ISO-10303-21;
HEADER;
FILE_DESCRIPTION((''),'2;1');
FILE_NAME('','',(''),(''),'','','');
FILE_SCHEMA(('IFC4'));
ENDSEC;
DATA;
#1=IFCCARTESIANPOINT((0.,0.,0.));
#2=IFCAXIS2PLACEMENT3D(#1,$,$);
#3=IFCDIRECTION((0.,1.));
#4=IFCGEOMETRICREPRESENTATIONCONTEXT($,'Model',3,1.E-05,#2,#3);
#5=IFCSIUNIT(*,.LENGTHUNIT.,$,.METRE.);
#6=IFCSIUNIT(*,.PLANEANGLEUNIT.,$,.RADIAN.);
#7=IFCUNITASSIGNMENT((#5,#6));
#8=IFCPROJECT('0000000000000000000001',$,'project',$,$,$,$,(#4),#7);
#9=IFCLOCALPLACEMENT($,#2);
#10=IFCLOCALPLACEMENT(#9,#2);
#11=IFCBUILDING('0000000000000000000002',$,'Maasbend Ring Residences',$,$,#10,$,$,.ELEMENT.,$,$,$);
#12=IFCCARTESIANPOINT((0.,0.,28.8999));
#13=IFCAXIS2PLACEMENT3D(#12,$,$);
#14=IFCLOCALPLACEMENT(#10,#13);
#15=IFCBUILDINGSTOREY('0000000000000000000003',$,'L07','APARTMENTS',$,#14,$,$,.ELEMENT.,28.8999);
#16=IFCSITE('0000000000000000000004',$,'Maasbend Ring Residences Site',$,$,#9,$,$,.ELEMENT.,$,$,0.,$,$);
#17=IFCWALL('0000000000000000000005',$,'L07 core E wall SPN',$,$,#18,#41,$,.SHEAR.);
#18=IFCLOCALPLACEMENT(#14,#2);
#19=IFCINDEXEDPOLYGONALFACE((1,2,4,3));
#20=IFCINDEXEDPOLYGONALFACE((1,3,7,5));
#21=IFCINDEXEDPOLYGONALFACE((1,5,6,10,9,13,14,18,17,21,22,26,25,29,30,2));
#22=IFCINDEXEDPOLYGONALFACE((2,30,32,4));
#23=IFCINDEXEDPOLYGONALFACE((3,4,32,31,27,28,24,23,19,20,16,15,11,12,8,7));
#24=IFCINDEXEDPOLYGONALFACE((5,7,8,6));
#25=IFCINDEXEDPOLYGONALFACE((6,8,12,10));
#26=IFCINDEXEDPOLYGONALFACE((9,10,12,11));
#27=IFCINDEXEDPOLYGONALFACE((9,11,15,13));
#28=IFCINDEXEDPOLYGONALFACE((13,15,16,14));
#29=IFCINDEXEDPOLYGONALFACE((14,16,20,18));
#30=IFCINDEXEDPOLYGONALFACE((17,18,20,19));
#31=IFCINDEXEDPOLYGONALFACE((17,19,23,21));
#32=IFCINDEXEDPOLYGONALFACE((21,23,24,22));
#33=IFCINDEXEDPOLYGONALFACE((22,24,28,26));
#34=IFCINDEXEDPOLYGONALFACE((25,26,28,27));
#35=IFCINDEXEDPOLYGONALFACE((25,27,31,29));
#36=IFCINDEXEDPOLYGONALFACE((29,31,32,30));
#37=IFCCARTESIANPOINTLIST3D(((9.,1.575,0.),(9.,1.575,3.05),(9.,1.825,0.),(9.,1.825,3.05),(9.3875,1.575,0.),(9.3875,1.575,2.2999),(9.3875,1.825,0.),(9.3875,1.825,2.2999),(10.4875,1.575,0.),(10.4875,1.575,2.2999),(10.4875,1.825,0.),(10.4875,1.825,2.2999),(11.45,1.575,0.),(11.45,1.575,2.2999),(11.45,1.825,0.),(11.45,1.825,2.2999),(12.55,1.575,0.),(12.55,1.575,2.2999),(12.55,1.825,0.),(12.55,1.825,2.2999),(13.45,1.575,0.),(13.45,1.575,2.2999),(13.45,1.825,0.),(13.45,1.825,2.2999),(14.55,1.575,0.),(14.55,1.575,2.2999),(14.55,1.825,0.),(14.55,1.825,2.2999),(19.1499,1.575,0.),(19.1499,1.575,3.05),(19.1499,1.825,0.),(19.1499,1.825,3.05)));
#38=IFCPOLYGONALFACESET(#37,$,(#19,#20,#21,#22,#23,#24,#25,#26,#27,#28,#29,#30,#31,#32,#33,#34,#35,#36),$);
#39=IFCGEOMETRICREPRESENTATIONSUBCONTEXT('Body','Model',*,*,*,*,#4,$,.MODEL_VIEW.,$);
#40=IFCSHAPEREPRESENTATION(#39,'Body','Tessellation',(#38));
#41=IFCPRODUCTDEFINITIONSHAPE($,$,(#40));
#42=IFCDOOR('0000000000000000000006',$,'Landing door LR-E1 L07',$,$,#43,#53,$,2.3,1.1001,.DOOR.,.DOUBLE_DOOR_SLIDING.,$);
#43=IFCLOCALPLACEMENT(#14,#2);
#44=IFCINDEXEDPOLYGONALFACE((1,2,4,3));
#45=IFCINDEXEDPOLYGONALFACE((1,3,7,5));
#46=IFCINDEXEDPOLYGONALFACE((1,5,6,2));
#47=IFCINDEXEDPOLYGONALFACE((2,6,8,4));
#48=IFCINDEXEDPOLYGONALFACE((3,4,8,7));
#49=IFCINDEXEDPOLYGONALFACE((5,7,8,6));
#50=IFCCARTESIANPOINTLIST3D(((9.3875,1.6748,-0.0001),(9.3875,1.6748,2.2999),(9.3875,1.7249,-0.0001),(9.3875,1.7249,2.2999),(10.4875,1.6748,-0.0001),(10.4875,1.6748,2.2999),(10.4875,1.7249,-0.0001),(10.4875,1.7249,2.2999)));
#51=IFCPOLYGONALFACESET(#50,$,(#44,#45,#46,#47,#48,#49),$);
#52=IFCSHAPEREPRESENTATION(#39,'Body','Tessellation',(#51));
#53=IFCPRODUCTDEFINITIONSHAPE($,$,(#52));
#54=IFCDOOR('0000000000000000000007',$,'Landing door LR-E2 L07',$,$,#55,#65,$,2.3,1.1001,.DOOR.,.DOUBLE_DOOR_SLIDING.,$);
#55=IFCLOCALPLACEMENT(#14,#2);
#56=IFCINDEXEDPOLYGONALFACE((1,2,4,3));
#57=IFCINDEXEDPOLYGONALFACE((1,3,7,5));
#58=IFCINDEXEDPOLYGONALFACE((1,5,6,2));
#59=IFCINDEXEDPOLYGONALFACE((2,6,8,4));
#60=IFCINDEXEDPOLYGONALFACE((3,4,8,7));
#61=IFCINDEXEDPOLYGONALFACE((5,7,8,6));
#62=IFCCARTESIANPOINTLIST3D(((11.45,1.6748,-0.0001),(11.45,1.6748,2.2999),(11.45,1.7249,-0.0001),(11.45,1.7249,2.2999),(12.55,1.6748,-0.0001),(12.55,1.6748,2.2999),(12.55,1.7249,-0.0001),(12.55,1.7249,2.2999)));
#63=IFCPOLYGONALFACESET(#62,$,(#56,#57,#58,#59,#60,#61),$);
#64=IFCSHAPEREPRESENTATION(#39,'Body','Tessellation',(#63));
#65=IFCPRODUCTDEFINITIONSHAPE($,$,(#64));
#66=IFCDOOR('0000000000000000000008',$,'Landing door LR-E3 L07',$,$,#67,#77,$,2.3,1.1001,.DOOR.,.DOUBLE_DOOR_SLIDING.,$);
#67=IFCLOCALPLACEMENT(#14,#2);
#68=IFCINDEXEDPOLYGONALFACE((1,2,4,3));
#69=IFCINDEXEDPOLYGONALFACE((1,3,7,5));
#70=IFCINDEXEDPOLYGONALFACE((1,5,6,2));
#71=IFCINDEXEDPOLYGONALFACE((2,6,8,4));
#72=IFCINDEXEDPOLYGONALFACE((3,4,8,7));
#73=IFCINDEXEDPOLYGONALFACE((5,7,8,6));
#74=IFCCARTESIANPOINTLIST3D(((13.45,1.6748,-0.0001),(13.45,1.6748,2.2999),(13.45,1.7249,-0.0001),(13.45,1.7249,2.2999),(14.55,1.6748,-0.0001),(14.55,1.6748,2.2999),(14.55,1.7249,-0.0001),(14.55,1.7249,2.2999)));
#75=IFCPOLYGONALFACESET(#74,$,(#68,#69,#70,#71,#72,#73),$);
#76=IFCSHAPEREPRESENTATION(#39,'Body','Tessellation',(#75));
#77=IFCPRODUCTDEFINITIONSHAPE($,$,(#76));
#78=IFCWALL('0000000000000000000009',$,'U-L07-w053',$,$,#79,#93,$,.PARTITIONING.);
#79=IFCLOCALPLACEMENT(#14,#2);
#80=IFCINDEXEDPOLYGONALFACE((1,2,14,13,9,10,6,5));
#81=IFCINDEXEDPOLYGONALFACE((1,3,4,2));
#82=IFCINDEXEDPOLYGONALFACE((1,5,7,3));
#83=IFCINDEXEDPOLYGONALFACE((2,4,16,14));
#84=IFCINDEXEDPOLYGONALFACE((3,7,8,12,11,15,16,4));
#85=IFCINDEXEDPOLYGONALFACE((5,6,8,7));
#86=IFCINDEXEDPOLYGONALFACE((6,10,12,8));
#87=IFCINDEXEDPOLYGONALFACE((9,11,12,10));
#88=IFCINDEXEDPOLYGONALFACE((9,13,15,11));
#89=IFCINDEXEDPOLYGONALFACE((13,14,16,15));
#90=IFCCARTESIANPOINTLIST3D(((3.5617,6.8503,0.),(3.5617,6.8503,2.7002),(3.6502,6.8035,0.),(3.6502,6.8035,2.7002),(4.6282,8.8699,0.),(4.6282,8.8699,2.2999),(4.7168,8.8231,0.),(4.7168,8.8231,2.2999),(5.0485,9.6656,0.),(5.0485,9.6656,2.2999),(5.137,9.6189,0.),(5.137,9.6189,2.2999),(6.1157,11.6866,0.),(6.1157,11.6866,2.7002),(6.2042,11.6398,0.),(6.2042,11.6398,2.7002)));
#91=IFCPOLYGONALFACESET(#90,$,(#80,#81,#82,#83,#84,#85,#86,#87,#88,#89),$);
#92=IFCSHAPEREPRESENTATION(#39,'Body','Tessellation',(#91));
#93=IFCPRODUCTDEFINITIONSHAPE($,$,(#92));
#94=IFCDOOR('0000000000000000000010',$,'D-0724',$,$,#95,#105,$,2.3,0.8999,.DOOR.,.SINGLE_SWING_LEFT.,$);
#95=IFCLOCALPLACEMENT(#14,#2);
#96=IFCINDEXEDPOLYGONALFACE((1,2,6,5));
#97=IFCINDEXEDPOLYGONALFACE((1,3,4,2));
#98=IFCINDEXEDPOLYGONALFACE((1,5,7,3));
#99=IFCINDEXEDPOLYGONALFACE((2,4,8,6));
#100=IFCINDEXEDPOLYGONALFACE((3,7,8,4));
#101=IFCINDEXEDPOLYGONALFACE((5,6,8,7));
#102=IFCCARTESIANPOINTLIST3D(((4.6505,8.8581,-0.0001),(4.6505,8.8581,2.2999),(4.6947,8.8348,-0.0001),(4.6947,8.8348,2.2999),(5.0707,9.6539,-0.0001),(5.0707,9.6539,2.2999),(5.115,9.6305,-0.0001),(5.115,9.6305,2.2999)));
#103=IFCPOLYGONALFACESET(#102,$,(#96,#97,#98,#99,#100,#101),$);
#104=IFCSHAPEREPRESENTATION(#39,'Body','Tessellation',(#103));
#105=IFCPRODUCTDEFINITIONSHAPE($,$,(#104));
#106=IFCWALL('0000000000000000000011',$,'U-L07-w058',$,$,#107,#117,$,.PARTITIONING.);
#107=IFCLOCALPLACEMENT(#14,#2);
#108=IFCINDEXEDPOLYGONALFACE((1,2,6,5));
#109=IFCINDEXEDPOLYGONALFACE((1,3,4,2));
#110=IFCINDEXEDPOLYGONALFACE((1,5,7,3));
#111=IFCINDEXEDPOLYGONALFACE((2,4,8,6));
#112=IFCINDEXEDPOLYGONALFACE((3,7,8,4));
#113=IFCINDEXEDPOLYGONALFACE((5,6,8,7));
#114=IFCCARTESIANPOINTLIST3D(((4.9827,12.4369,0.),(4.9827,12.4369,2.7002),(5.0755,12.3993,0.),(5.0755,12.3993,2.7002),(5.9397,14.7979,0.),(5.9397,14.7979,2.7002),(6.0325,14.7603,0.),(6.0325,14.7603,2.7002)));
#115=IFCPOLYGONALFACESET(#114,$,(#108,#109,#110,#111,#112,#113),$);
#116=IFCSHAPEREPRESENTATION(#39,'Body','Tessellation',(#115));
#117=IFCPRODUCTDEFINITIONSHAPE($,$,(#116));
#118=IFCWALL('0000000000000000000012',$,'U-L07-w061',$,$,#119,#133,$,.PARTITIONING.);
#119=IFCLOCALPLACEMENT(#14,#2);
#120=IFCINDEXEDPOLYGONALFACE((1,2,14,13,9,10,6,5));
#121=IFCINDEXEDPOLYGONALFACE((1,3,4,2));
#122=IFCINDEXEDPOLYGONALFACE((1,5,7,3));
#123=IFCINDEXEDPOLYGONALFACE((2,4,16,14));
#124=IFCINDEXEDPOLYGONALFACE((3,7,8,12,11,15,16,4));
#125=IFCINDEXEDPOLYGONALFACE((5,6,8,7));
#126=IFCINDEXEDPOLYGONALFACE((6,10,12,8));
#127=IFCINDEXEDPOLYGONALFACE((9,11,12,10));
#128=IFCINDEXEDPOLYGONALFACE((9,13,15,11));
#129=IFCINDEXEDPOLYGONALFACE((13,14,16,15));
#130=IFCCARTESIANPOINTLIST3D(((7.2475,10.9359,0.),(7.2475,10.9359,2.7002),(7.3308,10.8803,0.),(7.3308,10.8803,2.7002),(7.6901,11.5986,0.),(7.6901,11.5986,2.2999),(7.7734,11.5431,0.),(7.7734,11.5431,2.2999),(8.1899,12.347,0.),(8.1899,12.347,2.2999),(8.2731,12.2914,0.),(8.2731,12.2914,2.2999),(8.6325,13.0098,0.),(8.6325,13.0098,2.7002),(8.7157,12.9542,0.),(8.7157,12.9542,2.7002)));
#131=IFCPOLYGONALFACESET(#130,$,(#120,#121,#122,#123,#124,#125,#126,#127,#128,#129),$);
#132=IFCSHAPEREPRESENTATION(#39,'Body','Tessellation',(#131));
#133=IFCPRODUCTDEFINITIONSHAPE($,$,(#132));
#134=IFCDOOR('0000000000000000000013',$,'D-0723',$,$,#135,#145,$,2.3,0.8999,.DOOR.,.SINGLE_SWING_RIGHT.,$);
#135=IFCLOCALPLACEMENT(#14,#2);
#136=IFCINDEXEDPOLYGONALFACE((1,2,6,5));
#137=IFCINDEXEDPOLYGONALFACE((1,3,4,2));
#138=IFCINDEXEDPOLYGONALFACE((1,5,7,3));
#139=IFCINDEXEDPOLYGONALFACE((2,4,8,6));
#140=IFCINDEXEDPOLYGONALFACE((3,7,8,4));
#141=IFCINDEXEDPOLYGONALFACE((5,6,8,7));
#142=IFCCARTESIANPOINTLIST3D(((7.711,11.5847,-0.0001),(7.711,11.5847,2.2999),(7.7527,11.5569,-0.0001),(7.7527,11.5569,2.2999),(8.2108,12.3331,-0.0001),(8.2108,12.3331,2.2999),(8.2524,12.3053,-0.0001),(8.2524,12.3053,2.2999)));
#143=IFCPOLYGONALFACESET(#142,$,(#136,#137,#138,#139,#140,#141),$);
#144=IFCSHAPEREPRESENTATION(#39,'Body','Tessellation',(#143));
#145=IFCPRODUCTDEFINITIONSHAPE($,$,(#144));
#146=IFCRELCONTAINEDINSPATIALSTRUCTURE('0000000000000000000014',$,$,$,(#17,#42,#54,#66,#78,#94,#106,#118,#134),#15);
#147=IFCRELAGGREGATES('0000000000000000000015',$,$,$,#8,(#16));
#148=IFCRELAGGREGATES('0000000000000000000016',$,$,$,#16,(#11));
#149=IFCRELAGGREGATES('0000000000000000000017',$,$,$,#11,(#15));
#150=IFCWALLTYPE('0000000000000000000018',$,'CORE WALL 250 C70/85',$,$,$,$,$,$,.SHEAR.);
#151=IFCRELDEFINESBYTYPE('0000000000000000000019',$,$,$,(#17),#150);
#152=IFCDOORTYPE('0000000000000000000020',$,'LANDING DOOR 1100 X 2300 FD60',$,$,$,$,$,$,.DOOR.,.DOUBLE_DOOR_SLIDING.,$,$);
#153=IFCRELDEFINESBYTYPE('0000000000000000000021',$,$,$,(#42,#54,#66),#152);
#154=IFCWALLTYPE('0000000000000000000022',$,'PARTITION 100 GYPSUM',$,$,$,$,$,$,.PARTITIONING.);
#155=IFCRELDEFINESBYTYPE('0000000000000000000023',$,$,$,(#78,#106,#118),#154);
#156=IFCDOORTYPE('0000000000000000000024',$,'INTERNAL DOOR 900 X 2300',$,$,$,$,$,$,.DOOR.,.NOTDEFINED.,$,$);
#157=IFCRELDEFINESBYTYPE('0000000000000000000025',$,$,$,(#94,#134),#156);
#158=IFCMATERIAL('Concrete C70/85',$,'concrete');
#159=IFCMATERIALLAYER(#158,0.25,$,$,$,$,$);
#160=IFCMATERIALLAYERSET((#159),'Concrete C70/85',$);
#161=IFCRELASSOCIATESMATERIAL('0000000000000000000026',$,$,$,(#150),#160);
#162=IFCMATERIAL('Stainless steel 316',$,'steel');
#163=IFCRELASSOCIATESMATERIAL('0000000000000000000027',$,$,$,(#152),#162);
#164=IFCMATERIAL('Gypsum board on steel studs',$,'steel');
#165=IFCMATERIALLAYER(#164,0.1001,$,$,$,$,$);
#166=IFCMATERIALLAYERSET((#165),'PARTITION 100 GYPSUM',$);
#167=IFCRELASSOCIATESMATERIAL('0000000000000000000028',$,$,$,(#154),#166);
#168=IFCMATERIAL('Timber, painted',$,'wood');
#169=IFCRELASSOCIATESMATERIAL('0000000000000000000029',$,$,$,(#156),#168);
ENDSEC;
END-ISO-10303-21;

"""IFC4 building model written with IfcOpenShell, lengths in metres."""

from ifc_helpers import new_model, si_unit, direction, frame, frame_2d, origin, place, context, subcontext, project, spatial, rectangle, extrude, material, layer, layer_set, type_object, element, fill, save


model = new_model("IFC4")

# Units and contexts
model_context = context("Model", 3, precision=1e-05, world=origin(), true_north=direction((0.0, 1.0)))
body_context = subcontext(model_context, "Body", "Model", "MODEL_VIEW")
ifc_project = project(units=[si_unit("LENGTHUNIT", "METRE"), si_unit("PLANEANGLEUNIT", "RADIAN")], contexts=[model_context])

# Site, building, storey
site_placement = place(None, origin())
site = spatial("IfcSite", under=ifc_project, at=site_placement, Name="Maasbend Ring Residences Site", CompositionType="ELEMENT", RefElevation=0.0)
building_placement = place(site_placement, origin())
building = spatial("IfcBuilding", under=site, at=building_placement, Name="Maasbend Ring Residences", CompositionType="ELEMENT")
storey_placement = place(building_placement, frame((0.0, 0.0, 28.8999)))
storey = spatial("IfcBuildingStorey", under=building, at=storey_placement, Name="L07", Description="APARTMENTS", CompositionType="ELEMENT", Elevation=28.8999)

# Wall, openings, doors
ifc_material_1 = material(Name="Concrete C70/85", Category="concrete")
ifc_layer_1 = layer(ifc_material_1, 0.25)
ifc_layer_set_1 = layer_set([ifc_layer_1], Name="Concrete C70/85")
wall_type_1 = type_object("IfcWallType", Name="CORE WALL 250 C70/85", PredefinedType="SHEAR", material=ifc_layer_set_1)
wall_1_placement = place(storey_placement, frame((9.0, 1.7, 0.0), z_axis=(0.0, 0.0, 1.0), x_axis=(1.0, 0.0, 0.0)))
wall_1 = element("IfcWall", 1, at=wall_1_placement, inside=storey, type_object=wall_type_1, Name="L07 core E wall SPN", PredefinedType="SHEAR", context=body_context, shape_type="SweptSolid", body=[
    extrude(rectangle(XDim=10.1499, YDim=0.25, at=frame_2d((5.075, 0.0))), origin(), (0.0, 0.0, 1.0), 3.05),
])
opening_1_placement = place(wall_1_placement, frame((0.3875, 0.0, 0.0)))
opening_1 = element("IfcOpeningElement", 2, at=opening_1_placement, cuts=wall_1, PredefinedType="OPENING", context=body_context, shape_type="SweptSolid", body=[
    extrude(rectangle(XDim=1.1001, YDim=2.3, at=frame_2d((0.55, 1.1499))), frame((0.0, 0.135, 0.0), z_axis=(0.0, -1.0, 0.0), x_axis=(1.0, 0.0, 0.0)), (0.0, 0.0, 1.0), 0.27),
])
opening_2_placement = place(wall_1_placement, frame((2.45, 0.0, 0.0)))
opening_2 = element("IfcOpeningElement", 3, at=opening_2_placement, cuts=wall_1, PredefinedType="OPENING", context=body_context, shape_type="SweptSolid", body=[
    extrude(rectangle(XDim=1.1001, YDim=2.3, at=frame_2d((0.55, 1.1499))), frame((0.0, 0.135, 0.0), z_axis=(0.0, -1.0, 0.0), x_axis=(1.0, 0.0, 0.0)), (0.0, 0.0, 1.0), 0.27),
])
opening_3_placement = place(wall_1_placement, frame((4.45, 0.0, 0.0)))
opening_3 = element("IfcOpeningElement", 4, at=opening_3_placement, cuts=wall_1, PredefinedType="OPENING", context=body_context, shape_type="SweptSolid", body=[
    extrude(rectangle(XDim=1.1001, YDim=2.3, at=frame_2d((0.55, 1.1499))), frame((0.0, 0.135, 0.0), z_axis=(0.0, -1.0, 0.0), x_axis=(1.0, 0.0, 0.0)), (0.0, 0.0, 1.0), 0.27),
])
ifc_material_2 = material(Name="Stainless steel 316", Category="steel")
door_type_1 = type_object("IfcDoorType", Name="LANDING DOOR 1100 X 2300 FD60", OperationType="DOUBLE_DOOR_SLIDING", PredefinedType="DOOR", material=ifc_material_2)
door_1_placement = place(opening_1_placement, origin())
door_1 = element("IfcDoor", 5, at=door_1_placement, inside=storey, type_object=door_type_1, Name="Landing door LR-E1 L07", OperationType="DOUBLE_DOOR_SLIDING", OverallHeight=2.3, OverallWidth=1.1001, PredefinedType="DOOR", context=body_context, shape_type="SweptSolid", body=[
    extrude(rectangle(XDim=1.1001, YDim=2.3, at=frame_2d((0.55, 1.1499))), frame((0.0, 0.0249, 0.0), z_axis=(0.0, -1.0, 0.0), x_axis=(1.0, 0.0, 0.0)), (0.0, 0.0, 1.0), 0.05),
])
fill(opening_1, door_1)
door_2_placement = place(opening_2_placement, origin())
door_2 = element("IfcDoor", 6, at=door_2_placement, inside=storey, type_object=door_type_1, Name="Landing door LR-E2 L07", OperationType="DOUBLE_DOOR_SLIDING", OverallHeight=2.3, OverallWidth=1.1001, PredefinedType="DOOR", context=body_context, shape_type="SweptSolid", body=[
    extrude(rectangle(XDim=1.1001, YDim=2.3, at=frame_2d((0.55, 1.1499))), frame((0.0, 0.0249, 0.0), z_axis=(0.0, -1.0, 0.0), x_axis=(1.0, 0.0, 0.0)), (0.0, 0.0, 1.0), 0.05),
])
fill(opening_2, door_2)
door_3_placement = place(opening_3_placement, origin())
door_3 = element("IfcDoor", 7, at=door_3_placement, inside=storey, type_object=door_type_1, Name="Landing door LR-E3 L07", OperationType="DOUBLE_DOOR_SLIDING", OverallHeight=2.3, OverallWidth=1.1001, PredefinedType="DOOR", context=body_context, shape_type="SweptSolid", body=[
    extrude(rectangle(XDim=1.1001, YDim=2.3, at=frame_2d((0.55, 1.1499))), frame((0.0, 0.0249, 0.0), z_axis=(0.0, -1.0, 0.0), x_axis=(1.0, 0.0, 0.0)), (0.0, 0.0, 1.0), 0.05),
])
fill(opening_3, door_3)

# Wall, opening, door
ifc_material_3 = material(Name="Gypsum board on steel studs", Category="steel")
ifc_layer_2 = layer(ifc_material_3, 0.1001)
ifc_layer_set_2 = layer_set([ifc_layer_2], Name="PARTITION 100 GYPSUM")
wall_type_2 = type_object("IfcWallType", Name="PARTITION 100 GYPSUM", PredefinedType="PARTITIONING", material=ifc_layer_set_2)
wall_2_placement = place(storey_placement, frame((3.606, 6.8269, 0.0), z_axis=(0.0, 0.0, 1.0), x_axis=(0.466977, 0.88427, 0.0)))
wall_2 = element("IfcWall", 8, at=wall_2_placement, inside=storey, type_object=wall_type_2, Name="U-L07-w053", PredefinedType="PARTITIONING", context=body_context, shape_type="SweptSolid", body=[
    extrude(rectangle(XDim=5.4692, YDim=0.1001, at=frame_2d((2.7346, 0.0))), origin(), (0.0, 0.0, 1.0), 2.7002),
])
opening_4_placement = place(wall_2_placement, frame((2.2839, 0.0, 0.0)))
opening_4 = element("IfcOpeningElement", 9, at=opening_4_placement, cuts=wall_2, PredefinedType="OPENING", context=body_context, shape_type="SweptSolid", body=[
    extrude(rectangle(XDim=0.8999, YDim=2.3, at=frame_2d((0.45, 1.1499))), frame((0.0, 0.0601, 0.0), z_axis=(0.0, -1.0, 0.0), x_axis=(1.0, 0.0, 0.0)), (0.0, 0.0, 1.0), 0.1201),
])
ifc_material_4 = material(Name="Timber, painted", Category="wood")
door_type_2 = type_object("IfcDoorType", Name="INTERNAL DOOR 900 X 2300", OperationType="NOTDEFINED", PredefinedType="DOOR", material=ifc_material_4)
door_4_placement = place(opening_4_placement, origin())
door_4 = element("IfcDoor", 10, at=door_4_placement, inside=storey, type_object=door_type_2, Name="D-0724", OperationType="SINGLE_SWING_LEFT", OverallHeight=2.3, OverallWidth=0.8999, PredefinedType="DOOR", context=body_context, shape_type="SweptSolid", body=[
    extrude(rectangle(XDim=0.8999, YDim=2.3, at=frame_2d((0.45, 1.1499))), frame((0.0, 0.0249, 0.0), z_axis=(0.0, -1.0, 0.0), x_axis=(1.0, 0.0, 0.0)), (0.0, 0.0, 1.0), 0.05),
])
fill(opening_4, door_4)

# Wall
wall_3_placement = place(storey_placement, frame((5.0291, 12.418, 0.0), z_axis=(0.0, 0.0, 1.0), x_axis=(0.375649, 0.926762, 0.0)))
element("IfcWall", 11, at=wall_3_placement, inside=storey, type_object=wall_type_2, Name="U-L07-w058", PredefinedType="PARTITIONING", context=body_context, shape_type="SweptSolid", body=[
    extrude(rectangle(XDim=2.5476, YDim=0.1001, at=frame_2d((1.2739, 0.0))), origin(), (0.0, 0.0, 1.0), 2.7002),
])

# Wall, opening, door
wall_4_placement = place(storey_placement, frame((7.2891, 10.908, 0.0), z_axis=(0.0, 0.0, 1.0), x_axis=(0.555355, 0.831613, 0.0)))
wall_4 = element("IfcWall", 12, at=wall_4_placement, inside=storey, type_object=wall_type_2, Name="U-L07-w061", PredefinedType="PARTITIONING", context=body_context, shape_type="SweptSolid", body=[
    extrude(rectangle(XDim=2.4939, YDim=0.1001, at=frame_2d((1.2471, 0.0))), origin(), (0.0, 0.0, 1.0), 2.7002),
])
opening_5_placement = place(wall_4_placement, frame((0.7971, 0.0, 0.0)))
opening_5 = element("IfcOpeningElement", 13, at=opening_5_placement, cuts=wall_4, PredefinedType="OPENING", context=body_context, shape_type="SweptSolid", body=[
    extrude(rectangle(XDim=0.8999, YDim=2.3, at=frame_2d((0.45, 1.1499))), frame((0.0, 0.0601, 0.0), z_axis=(0.0, -1.0, 0.0), x_axis=(1.0, 0.0, 0.0)), (0.0, 0.0, 1.0), 0.1201),
])
door_5_placement = place(opening_5_placement, origin())
door_5 = element("IfcDoor", 14, at=door_5_placement, inside=storey, type_object=door_type_2, Name="D-0723", OperationType="SINGLE_SWING_RIGHT", OverallHeight=2.3, OverallWidth=0.8999, PredefinedType="DOOR", context=body_context, shape_type="SweptSolid", body=[
    extrude(rectangle(XDim=0.8999, YDim=2.3, at=frame_2d((0.45, 1.1499))), frame((0.0, 0.0249, 0.0), z_axis=(0.0, -1.0, 0.0), x_axis=(1.0, 0.0, 0.0)), (0.0, 0.0, 1.0), 0.05),
])
fill(opening_5, door_5)

save(model, "model.ifc")
